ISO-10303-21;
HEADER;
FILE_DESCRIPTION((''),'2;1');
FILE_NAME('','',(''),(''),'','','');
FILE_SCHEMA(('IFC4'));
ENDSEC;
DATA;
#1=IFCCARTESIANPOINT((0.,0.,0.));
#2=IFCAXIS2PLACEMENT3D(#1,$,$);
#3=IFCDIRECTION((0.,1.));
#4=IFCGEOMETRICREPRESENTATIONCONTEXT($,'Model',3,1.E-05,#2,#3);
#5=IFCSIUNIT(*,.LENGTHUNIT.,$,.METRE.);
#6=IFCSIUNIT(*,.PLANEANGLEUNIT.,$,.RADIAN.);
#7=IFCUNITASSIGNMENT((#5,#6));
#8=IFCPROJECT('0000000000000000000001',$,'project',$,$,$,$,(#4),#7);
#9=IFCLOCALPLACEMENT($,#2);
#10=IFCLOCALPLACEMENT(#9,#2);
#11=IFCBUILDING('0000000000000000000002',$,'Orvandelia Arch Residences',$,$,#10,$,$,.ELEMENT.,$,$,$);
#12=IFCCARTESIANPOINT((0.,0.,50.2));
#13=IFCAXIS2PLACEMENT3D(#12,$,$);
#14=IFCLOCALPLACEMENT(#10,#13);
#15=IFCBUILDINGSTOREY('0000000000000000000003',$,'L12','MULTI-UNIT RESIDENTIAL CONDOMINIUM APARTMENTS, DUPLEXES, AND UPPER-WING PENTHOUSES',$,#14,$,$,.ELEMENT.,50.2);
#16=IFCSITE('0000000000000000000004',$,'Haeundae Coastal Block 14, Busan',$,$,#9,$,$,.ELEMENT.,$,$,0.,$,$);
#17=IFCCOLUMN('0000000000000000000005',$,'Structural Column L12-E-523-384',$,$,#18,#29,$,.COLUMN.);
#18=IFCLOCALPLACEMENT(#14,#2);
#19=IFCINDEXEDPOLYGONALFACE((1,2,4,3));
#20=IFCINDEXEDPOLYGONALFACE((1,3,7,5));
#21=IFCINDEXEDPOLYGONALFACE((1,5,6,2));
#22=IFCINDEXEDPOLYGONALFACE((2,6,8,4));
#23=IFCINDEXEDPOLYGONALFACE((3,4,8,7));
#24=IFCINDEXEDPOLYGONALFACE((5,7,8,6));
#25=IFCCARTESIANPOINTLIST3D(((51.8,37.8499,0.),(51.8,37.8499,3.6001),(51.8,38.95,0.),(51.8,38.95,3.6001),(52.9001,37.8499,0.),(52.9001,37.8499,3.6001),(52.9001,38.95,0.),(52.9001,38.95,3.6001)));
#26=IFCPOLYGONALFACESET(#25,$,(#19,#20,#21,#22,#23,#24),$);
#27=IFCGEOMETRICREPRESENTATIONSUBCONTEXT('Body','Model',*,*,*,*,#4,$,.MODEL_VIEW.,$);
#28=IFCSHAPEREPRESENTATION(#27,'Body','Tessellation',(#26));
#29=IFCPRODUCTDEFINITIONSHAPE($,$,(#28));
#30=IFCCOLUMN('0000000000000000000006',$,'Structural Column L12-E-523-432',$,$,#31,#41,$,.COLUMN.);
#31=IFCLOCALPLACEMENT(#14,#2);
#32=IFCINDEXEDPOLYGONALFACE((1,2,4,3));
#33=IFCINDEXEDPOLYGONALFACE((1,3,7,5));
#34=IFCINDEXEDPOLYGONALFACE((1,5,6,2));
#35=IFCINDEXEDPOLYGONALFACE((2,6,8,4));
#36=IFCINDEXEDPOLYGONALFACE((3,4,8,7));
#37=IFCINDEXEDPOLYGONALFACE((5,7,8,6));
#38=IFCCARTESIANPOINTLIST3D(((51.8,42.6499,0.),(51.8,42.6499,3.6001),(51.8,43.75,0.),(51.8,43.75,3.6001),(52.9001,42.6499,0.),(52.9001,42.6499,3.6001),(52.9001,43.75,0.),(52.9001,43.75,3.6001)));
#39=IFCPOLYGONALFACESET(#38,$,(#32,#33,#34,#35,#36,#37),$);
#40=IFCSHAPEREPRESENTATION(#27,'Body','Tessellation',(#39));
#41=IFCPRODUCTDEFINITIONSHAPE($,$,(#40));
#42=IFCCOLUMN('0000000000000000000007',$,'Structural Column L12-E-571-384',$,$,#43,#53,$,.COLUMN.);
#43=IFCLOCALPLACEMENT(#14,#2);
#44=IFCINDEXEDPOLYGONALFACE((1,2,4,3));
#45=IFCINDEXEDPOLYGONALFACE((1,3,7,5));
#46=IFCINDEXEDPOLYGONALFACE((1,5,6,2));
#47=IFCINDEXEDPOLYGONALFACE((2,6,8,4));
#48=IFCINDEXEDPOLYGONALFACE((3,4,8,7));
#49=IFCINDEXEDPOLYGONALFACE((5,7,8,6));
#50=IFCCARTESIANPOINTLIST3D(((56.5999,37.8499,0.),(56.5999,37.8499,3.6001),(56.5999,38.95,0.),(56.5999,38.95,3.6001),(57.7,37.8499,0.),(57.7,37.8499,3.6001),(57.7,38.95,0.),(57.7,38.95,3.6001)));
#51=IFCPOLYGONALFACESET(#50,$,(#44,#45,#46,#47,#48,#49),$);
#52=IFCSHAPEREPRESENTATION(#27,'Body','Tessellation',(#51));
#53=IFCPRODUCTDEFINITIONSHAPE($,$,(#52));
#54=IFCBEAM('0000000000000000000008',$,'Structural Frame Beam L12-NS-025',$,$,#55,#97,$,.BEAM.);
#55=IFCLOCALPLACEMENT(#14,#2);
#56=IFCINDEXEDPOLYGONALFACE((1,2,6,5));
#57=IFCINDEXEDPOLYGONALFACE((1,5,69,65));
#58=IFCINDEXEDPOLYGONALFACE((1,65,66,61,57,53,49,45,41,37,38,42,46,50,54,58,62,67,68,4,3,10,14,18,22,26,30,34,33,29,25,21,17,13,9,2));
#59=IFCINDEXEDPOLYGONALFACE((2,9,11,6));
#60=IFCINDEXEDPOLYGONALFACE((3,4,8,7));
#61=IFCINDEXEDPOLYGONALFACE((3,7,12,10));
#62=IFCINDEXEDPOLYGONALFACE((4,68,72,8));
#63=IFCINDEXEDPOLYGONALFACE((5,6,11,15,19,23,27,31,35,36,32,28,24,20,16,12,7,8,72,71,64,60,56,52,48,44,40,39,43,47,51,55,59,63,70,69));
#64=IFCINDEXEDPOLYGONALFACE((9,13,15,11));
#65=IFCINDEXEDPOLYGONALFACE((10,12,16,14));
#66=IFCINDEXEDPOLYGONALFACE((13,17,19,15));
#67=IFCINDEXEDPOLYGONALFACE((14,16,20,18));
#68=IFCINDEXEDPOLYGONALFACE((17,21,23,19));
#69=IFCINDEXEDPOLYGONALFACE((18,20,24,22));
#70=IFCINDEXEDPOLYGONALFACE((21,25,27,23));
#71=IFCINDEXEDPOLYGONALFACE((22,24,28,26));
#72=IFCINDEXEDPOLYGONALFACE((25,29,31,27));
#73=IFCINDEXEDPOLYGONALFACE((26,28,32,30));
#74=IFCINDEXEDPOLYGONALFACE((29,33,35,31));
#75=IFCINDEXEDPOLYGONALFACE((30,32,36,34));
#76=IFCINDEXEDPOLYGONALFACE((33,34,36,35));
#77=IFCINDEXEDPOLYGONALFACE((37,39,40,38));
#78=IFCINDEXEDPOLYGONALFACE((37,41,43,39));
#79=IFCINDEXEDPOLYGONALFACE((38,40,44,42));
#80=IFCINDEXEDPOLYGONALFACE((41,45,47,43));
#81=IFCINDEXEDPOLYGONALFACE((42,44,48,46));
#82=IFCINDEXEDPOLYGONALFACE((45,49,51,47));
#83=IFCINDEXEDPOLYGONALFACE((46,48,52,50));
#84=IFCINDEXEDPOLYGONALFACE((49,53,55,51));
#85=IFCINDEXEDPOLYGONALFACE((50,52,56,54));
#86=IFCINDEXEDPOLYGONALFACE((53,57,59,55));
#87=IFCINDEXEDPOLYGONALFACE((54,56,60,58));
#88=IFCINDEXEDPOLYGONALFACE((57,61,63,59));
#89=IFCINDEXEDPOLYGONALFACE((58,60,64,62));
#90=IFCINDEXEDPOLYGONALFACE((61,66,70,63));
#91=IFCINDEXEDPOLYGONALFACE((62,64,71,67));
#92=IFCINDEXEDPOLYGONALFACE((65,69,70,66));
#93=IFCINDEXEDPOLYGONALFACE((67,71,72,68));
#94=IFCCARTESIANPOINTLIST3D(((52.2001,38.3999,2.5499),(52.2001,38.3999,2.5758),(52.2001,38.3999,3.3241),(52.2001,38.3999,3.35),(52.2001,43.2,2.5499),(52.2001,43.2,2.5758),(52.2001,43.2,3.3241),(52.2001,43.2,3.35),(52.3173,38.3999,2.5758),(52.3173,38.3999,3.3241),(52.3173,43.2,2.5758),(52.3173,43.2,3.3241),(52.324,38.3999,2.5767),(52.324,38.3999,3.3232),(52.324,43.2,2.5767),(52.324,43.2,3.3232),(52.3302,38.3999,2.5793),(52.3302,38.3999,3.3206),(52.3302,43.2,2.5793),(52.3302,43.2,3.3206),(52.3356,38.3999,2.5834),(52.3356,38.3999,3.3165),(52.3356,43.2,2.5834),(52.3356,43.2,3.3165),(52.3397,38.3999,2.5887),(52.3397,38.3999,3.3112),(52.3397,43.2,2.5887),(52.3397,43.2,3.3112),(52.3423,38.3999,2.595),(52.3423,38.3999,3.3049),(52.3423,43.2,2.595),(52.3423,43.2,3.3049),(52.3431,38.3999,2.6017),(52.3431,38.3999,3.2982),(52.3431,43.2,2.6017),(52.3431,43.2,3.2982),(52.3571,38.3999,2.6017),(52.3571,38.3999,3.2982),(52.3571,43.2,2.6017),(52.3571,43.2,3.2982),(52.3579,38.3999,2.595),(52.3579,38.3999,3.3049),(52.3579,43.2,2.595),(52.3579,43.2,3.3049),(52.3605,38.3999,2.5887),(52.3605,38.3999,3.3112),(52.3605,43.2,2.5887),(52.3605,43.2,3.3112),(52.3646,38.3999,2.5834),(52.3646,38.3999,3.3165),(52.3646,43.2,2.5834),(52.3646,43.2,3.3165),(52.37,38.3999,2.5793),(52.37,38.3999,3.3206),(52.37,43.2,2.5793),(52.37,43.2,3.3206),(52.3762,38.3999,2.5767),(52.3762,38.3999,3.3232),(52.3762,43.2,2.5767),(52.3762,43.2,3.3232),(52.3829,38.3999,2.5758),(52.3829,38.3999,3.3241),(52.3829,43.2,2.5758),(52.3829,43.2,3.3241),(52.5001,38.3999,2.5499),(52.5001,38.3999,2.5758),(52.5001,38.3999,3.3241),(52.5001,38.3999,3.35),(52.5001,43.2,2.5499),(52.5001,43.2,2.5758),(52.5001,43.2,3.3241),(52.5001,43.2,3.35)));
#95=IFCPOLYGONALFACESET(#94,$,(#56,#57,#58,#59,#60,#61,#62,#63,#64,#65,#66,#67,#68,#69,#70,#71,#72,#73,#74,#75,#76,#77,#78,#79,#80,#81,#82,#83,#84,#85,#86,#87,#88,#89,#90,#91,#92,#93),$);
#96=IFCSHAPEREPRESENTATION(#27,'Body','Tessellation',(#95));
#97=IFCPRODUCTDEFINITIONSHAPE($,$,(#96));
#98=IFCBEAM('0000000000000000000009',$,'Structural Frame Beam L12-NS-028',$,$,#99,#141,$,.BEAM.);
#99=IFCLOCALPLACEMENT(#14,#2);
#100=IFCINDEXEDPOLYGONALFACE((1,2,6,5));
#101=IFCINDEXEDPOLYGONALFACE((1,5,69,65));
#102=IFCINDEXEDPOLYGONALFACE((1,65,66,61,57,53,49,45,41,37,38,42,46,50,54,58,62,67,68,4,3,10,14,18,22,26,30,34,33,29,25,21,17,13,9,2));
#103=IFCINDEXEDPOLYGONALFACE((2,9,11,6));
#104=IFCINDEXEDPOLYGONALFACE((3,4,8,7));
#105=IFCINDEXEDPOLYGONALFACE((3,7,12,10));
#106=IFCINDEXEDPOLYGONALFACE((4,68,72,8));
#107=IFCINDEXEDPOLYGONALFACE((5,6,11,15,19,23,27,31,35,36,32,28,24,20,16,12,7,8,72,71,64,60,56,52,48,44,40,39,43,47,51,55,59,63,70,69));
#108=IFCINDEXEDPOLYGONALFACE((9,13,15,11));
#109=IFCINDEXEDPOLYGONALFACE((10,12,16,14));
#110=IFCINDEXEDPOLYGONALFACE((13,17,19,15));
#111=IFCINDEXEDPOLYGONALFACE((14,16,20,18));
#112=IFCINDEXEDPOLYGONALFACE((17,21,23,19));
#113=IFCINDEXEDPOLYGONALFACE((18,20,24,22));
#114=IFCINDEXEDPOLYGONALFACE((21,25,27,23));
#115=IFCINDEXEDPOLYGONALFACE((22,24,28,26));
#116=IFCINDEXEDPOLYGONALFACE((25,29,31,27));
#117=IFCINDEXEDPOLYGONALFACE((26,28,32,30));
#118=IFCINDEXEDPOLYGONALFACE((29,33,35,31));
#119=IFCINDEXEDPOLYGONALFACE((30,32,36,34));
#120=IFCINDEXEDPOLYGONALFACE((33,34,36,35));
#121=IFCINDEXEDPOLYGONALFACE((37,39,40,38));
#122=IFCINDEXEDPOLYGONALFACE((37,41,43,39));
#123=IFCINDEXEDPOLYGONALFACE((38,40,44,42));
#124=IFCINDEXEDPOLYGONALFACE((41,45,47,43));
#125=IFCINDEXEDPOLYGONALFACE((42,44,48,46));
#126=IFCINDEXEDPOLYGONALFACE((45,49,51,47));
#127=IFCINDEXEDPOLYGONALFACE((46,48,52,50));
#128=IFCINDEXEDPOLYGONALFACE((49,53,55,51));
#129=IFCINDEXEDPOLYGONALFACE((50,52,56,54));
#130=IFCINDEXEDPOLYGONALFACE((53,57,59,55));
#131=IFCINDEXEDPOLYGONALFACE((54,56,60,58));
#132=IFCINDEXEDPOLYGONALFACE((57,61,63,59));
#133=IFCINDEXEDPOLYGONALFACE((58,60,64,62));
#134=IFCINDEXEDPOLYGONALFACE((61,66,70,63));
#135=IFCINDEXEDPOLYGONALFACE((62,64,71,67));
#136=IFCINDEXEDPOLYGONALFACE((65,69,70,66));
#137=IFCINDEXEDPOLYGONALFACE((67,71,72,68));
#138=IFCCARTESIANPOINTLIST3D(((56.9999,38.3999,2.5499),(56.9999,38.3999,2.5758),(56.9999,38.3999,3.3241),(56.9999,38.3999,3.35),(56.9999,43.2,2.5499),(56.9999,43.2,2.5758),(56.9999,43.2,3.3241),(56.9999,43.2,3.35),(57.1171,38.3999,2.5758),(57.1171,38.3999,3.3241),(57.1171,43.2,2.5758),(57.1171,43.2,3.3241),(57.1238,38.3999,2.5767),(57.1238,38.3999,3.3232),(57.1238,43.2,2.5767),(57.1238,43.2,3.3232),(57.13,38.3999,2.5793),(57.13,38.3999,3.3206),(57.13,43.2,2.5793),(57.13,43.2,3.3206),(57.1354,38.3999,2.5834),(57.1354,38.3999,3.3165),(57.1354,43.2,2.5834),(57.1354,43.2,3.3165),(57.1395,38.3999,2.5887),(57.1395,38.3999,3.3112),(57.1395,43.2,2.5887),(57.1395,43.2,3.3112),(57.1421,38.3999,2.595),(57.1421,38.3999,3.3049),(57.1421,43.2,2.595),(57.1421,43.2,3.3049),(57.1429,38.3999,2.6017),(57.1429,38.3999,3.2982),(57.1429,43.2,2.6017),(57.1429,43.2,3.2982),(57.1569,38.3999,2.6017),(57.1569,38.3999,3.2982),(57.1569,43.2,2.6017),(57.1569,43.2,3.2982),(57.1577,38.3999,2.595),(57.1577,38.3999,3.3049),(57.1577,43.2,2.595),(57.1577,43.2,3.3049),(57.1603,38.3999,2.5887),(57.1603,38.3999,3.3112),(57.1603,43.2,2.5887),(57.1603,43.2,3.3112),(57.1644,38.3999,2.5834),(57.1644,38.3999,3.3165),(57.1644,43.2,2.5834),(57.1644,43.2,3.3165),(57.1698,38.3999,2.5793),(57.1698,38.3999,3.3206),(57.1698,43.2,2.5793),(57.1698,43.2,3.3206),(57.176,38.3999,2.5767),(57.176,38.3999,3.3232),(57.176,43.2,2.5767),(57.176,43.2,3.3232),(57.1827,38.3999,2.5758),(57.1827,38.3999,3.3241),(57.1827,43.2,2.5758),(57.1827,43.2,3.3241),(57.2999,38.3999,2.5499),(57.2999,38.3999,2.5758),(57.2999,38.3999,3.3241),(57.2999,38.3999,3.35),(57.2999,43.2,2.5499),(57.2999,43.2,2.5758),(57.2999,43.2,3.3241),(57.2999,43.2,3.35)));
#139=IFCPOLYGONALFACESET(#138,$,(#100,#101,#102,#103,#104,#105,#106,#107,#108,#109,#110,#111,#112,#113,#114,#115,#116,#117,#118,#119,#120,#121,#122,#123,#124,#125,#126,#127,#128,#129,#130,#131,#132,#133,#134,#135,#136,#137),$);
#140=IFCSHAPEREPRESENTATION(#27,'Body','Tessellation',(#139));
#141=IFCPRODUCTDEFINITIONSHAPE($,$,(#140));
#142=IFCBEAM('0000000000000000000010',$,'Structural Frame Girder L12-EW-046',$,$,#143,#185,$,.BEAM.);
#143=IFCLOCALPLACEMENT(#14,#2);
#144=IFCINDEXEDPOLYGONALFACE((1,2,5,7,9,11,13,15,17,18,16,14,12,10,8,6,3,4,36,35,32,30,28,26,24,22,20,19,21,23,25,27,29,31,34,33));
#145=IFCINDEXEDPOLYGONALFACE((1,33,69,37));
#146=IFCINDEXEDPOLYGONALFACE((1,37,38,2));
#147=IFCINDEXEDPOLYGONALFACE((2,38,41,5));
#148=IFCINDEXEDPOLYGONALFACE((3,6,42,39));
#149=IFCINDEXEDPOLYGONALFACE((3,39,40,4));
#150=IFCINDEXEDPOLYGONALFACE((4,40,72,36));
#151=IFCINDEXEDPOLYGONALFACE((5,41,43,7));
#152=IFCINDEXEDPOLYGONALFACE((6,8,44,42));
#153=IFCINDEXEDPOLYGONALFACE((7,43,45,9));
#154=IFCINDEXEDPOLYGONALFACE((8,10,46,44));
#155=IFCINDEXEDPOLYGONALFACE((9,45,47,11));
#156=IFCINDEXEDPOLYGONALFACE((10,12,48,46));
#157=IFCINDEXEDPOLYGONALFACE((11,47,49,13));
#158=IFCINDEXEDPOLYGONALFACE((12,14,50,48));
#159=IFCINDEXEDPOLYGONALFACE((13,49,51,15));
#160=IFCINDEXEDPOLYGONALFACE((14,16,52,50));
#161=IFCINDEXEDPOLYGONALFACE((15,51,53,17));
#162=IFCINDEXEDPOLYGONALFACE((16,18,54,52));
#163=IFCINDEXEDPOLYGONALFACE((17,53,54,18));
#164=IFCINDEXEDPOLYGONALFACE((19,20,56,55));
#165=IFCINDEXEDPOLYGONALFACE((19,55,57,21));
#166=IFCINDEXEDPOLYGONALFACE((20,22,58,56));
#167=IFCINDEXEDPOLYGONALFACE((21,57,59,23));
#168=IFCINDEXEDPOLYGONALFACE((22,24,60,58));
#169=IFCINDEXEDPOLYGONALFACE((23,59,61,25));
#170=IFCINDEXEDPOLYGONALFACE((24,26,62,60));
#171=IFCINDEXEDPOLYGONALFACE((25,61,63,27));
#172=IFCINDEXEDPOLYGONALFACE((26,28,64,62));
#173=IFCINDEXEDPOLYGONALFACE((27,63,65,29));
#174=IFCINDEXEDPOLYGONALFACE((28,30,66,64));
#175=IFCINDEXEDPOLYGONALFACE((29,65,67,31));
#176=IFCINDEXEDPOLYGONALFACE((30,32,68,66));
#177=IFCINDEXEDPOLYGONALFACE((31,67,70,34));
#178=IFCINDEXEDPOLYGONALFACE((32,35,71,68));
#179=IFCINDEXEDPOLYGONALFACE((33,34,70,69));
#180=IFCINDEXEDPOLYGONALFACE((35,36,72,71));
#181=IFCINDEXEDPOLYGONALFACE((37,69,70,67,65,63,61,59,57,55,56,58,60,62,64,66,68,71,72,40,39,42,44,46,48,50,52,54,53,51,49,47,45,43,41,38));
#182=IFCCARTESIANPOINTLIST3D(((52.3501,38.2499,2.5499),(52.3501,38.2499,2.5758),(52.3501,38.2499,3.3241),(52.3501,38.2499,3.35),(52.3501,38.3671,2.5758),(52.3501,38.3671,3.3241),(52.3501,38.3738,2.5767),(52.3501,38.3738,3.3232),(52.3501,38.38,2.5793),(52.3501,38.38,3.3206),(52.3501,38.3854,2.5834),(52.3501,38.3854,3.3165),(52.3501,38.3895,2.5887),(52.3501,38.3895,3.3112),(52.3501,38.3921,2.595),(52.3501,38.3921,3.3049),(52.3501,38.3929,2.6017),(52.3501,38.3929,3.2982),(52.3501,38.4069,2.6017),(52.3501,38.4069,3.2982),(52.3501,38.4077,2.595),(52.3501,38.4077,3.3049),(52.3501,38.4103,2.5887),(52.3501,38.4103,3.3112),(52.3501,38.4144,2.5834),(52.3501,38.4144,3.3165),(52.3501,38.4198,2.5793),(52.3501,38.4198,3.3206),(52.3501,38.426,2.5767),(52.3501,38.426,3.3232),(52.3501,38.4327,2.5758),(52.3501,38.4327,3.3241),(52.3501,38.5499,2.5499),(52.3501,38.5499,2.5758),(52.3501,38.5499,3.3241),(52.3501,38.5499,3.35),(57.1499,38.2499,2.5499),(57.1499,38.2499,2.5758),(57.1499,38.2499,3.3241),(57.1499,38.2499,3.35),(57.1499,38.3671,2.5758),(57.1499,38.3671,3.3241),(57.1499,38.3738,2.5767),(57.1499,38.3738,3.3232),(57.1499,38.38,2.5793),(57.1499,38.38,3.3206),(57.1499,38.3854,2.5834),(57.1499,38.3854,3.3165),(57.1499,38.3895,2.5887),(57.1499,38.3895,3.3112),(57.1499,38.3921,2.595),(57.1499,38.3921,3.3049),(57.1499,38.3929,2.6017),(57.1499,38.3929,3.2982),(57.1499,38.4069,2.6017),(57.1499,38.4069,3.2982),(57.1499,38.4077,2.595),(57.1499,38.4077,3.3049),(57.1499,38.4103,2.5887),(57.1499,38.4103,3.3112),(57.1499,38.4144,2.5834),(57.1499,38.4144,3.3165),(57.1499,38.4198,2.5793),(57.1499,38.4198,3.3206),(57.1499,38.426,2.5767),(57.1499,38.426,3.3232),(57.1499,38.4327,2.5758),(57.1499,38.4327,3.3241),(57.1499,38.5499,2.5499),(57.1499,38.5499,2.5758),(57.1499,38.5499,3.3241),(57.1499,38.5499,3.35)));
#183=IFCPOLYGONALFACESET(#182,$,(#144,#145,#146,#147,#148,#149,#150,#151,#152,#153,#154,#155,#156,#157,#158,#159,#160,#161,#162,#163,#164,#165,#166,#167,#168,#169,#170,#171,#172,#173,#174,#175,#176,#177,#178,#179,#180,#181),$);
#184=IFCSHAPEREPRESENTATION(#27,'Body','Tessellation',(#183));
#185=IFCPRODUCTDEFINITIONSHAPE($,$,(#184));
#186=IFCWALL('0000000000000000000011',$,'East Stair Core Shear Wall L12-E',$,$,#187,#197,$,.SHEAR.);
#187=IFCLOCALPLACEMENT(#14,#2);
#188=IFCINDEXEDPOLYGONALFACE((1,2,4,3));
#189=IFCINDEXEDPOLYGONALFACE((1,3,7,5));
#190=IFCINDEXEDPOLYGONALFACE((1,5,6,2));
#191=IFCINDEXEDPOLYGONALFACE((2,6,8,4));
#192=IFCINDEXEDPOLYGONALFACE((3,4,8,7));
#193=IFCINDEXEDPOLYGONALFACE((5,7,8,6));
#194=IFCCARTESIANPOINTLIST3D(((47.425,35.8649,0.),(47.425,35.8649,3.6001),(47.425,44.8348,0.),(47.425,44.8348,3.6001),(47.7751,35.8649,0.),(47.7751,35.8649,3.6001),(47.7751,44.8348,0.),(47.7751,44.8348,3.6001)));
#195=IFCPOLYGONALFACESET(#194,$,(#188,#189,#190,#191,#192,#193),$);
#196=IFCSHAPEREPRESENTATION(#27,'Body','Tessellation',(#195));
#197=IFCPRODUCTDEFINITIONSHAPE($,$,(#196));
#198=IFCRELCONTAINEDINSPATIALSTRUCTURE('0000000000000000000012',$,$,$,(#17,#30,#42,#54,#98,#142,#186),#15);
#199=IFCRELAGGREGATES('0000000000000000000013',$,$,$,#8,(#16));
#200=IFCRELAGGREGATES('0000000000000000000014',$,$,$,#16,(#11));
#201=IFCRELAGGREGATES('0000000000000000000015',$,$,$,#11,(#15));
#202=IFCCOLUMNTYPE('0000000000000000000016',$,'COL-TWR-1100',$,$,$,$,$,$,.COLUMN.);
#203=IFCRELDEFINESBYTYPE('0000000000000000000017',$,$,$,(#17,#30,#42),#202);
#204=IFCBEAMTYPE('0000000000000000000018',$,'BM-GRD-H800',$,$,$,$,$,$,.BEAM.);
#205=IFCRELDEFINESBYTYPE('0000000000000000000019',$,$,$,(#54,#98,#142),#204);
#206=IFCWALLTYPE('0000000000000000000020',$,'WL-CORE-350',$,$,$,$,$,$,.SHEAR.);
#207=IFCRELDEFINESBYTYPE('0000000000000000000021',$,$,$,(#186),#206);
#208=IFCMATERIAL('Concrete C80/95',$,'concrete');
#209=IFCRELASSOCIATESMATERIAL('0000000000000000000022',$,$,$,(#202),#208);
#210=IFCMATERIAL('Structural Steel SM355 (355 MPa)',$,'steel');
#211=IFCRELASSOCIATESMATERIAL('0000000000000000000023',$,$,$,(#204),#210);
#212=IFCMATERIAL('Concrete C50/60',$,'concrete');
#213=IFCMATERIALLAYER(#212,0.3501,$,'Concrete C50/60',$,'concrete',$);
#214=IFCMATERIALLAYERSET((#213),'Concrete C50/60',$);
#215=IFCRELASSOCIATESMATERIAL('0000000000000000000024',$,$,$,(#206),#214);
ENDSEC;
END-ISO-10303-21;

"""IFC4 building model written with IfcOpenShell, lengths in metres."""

from ifc_helpers import new_model, si_unit, direction, frame, frame_2d, origin, origin_2d, place, context, subcontext, project, spatial, rectangle, i_section, extrude, material, layer, layer_set, material_profile, profile_set, type_object, element, save


model = new_model("IFC4")

# Units and contexts
model_context = context("Model", 3, precision=1e-05, world=origin(), true_north=direction((0.0, 1.0)))
body_context = subcontext(model_context, "Body", "Model", "MODEL_VIEW")
ifc_project = project(units=[si_unit("LENGTHUNIT", "METRE"), si_unit("PLANEANGLEUNIT", "RADIAN")], contexts=[model_context])

# Site, building, storey
site_placement = place(None, origin())
site = spatial("IfcSite", under=ifc_project, at=site_placement, Name="Haeundae Coastal Block 14, Busan", CompositionType="ELEMENT", RefElevation=0.0)
building_placement = place(site_placement, origin())
building = spatial("IfcBuilding", under=site, at=building_placement, Name="Orvandelia Arch Residences", CompositionType="ELEMENT")
storey_placement = place(building_placement, frame((0.0, 0.0, 50.2)))
storey = spatial("IfcBuildingStorey", under=building, at=storey_placement, Name="L12", Description="MULTI-UNIT RESIDENTIAL CONDOMINIUM APARTMENTS, DUPLEXES, AND UPPER-WING PENTHOUSES", CompositionType="ELEMENT", Elevation=50.2)

# Columns
ifc_material_1 = material(Name="Concrete C80/95", Category="concrete")
ifc_material_profile_1 = material_profile(ifc_material_1, rectangle(XDim=1.1001, YDim=1.1001, at=origin_2d()), Name="Concrete C80/95", Category="concrete")
ifc_profile_set_1 = profile_set([ifc_material_profile_1], Name="Concrete C80/95")
column_type = type_object("IfcColumnType", Name="COL-TWR-1100", PredefinedType="COLUMN", material=ifc_profile_set_1)
for number, where, z_axis, x_axis, name in (
    (1, (52.3501, 38.3999, 0.0), (0.0, 0.0, 1.0), (1.0, 0.0, 0.0), "Structural Column L12-E-523-384"),
    (2, (52.3501, 43.2, 0.0), (0.0, 0.0, 1.0), (1.0, 0.0, 0.0), "Structural Column L12-E-523-432"),
    (3, (57.1499, 38.3999, 0.0), (0.0, 0.0, 1.0), (1.0, 0.0, 0.0), "Structural Column L12-E-571-384"),
):
    element("IfcColumn", number, at=place(storey_placement, frame(where, z_axis=z_axis, x_axis=x_axis)), inside=storey, type_object=column_type, Name=name, PredefinedType="COLUMN", context=body_context, shape_type="SweptSolid", body=[
        extrude(rectangle(XDim=1.1001, YDim=1.1001, at=origin_2d()), origin(), (0.0, 0.0, 1.0), 3.6001),
    ])

# Beams
ifc_material_2 = material(Name="Structural Steel SM355 (355 MPa)", Category="steel")
ifc_material_profile_2 = material_profile(ifc_material_2, i_section(OverallWidth=0.3, OverallDepth=0.8, WebThickness=0.0139, FlangeThickness=0.0259, FilletRadius=0.0259, at=origin_2d()), Name="Structural Steel SM355 (355 MPa)", Category="steel")
ifc_profile_set_2 = profile_set([ifc_material_profile_2], Name="Structural Steel SM355 (355 MPa)")
beam_type = type_object("IfcBeamType", Name="BM-GRD-H800", PredefinedType="BEAM", material=ifc_profile_set_2)
for number, where, z_axis, x_axis, name in (
    (4, (52.3501, 38.3999, 2.95), (0.0, 1.0, 0.0), (-1.0, 0.0, 0.0), "Structural Frame Beam L12-NS-025"),
    (5, (57.1499, 38.3999, 2.95), (0.0, 1.0, 0.0), (-1.0, 0.0, 0.0), "Structural Frame Beam L12-NS-028"),
):
    element("IfcBeam", number, at=place(storey_placement, frame(where, z_axis=z_axis, x_axis=x_axis)), inside=storey, type_object=beam_type, Name=name, PredefinedType="BEAM", context=body_context, shape_type="SweptSolid", body=[
        extrude(i_section(OverallWidth=0.3, OverallDepth=0.8, WebThickness=0.0139, FlangeThickness=0.0259, FilletRadius=0.0259, at=origin_2d()), origin(), (0.0, 0.0, 1.0), 4.8),
    ])
beam_placement = place(storey_placement, frame((52.3501, 38.3999, 2.95), z_axis=(1.0, 0.0, 0.0), x_axis=(0.0, 1.0, 0.0)))
element("IfcBeam", 6, at=beam_placement, inside=storey, type_object=beam_type, Name="Structural Frame Girder L12-EW-046", PredefinedType="BEAM", context=body_context, shape_type="SweptSolid", body=[
    extrude(i_section(OverallWidth=0.3, OverallDepth=0.8, WebThickness=0.0139, FlangeThickness=0.0259, FilletRadius=0.0259, at=origin_2d()), origin(), (0.0, 0.0, 1.0), 4.7998),
])

# Wall
ifc_material_3 = material(Name="Concrete C50/60", Category="concrete")
ifc_layer_1 = layer(ifc_material_3, 0.3501, Name="Concrete C50/60", Category="concrete")
ifc_layer_set_1 = layer_set([ifc_layer_1], Name="Concrete C50/60")
wall_type_1 = type_object("IfcWallType", Name="WL-CORE-350", PredefinedType="SHEAR", material=ifc_layer_set_1)
wall_1_placement = place(storey_placement, frame((47.6001, 35.865, 0.0), z_axis=(0.0, 0.0, 1.0), x_axis=(0.0, 1.0, 0.0)))
element("IfcWall", 7, at=wall_1_placement, inside=storey, type_object=wall_type_1, Name="East Stair Core Shear Wall L12-E", PredefinedType="SHEAR", context=body_context, shape_type="SweptSolid", body=[
    extrude(rectangle(XDim=8.97, YDim=0.3501, at=frame_2d((4.4849, 0.0))), origin(), (0.0, 0.0, 1.0), 3.6001),
])

save(model, "model.ifc")
